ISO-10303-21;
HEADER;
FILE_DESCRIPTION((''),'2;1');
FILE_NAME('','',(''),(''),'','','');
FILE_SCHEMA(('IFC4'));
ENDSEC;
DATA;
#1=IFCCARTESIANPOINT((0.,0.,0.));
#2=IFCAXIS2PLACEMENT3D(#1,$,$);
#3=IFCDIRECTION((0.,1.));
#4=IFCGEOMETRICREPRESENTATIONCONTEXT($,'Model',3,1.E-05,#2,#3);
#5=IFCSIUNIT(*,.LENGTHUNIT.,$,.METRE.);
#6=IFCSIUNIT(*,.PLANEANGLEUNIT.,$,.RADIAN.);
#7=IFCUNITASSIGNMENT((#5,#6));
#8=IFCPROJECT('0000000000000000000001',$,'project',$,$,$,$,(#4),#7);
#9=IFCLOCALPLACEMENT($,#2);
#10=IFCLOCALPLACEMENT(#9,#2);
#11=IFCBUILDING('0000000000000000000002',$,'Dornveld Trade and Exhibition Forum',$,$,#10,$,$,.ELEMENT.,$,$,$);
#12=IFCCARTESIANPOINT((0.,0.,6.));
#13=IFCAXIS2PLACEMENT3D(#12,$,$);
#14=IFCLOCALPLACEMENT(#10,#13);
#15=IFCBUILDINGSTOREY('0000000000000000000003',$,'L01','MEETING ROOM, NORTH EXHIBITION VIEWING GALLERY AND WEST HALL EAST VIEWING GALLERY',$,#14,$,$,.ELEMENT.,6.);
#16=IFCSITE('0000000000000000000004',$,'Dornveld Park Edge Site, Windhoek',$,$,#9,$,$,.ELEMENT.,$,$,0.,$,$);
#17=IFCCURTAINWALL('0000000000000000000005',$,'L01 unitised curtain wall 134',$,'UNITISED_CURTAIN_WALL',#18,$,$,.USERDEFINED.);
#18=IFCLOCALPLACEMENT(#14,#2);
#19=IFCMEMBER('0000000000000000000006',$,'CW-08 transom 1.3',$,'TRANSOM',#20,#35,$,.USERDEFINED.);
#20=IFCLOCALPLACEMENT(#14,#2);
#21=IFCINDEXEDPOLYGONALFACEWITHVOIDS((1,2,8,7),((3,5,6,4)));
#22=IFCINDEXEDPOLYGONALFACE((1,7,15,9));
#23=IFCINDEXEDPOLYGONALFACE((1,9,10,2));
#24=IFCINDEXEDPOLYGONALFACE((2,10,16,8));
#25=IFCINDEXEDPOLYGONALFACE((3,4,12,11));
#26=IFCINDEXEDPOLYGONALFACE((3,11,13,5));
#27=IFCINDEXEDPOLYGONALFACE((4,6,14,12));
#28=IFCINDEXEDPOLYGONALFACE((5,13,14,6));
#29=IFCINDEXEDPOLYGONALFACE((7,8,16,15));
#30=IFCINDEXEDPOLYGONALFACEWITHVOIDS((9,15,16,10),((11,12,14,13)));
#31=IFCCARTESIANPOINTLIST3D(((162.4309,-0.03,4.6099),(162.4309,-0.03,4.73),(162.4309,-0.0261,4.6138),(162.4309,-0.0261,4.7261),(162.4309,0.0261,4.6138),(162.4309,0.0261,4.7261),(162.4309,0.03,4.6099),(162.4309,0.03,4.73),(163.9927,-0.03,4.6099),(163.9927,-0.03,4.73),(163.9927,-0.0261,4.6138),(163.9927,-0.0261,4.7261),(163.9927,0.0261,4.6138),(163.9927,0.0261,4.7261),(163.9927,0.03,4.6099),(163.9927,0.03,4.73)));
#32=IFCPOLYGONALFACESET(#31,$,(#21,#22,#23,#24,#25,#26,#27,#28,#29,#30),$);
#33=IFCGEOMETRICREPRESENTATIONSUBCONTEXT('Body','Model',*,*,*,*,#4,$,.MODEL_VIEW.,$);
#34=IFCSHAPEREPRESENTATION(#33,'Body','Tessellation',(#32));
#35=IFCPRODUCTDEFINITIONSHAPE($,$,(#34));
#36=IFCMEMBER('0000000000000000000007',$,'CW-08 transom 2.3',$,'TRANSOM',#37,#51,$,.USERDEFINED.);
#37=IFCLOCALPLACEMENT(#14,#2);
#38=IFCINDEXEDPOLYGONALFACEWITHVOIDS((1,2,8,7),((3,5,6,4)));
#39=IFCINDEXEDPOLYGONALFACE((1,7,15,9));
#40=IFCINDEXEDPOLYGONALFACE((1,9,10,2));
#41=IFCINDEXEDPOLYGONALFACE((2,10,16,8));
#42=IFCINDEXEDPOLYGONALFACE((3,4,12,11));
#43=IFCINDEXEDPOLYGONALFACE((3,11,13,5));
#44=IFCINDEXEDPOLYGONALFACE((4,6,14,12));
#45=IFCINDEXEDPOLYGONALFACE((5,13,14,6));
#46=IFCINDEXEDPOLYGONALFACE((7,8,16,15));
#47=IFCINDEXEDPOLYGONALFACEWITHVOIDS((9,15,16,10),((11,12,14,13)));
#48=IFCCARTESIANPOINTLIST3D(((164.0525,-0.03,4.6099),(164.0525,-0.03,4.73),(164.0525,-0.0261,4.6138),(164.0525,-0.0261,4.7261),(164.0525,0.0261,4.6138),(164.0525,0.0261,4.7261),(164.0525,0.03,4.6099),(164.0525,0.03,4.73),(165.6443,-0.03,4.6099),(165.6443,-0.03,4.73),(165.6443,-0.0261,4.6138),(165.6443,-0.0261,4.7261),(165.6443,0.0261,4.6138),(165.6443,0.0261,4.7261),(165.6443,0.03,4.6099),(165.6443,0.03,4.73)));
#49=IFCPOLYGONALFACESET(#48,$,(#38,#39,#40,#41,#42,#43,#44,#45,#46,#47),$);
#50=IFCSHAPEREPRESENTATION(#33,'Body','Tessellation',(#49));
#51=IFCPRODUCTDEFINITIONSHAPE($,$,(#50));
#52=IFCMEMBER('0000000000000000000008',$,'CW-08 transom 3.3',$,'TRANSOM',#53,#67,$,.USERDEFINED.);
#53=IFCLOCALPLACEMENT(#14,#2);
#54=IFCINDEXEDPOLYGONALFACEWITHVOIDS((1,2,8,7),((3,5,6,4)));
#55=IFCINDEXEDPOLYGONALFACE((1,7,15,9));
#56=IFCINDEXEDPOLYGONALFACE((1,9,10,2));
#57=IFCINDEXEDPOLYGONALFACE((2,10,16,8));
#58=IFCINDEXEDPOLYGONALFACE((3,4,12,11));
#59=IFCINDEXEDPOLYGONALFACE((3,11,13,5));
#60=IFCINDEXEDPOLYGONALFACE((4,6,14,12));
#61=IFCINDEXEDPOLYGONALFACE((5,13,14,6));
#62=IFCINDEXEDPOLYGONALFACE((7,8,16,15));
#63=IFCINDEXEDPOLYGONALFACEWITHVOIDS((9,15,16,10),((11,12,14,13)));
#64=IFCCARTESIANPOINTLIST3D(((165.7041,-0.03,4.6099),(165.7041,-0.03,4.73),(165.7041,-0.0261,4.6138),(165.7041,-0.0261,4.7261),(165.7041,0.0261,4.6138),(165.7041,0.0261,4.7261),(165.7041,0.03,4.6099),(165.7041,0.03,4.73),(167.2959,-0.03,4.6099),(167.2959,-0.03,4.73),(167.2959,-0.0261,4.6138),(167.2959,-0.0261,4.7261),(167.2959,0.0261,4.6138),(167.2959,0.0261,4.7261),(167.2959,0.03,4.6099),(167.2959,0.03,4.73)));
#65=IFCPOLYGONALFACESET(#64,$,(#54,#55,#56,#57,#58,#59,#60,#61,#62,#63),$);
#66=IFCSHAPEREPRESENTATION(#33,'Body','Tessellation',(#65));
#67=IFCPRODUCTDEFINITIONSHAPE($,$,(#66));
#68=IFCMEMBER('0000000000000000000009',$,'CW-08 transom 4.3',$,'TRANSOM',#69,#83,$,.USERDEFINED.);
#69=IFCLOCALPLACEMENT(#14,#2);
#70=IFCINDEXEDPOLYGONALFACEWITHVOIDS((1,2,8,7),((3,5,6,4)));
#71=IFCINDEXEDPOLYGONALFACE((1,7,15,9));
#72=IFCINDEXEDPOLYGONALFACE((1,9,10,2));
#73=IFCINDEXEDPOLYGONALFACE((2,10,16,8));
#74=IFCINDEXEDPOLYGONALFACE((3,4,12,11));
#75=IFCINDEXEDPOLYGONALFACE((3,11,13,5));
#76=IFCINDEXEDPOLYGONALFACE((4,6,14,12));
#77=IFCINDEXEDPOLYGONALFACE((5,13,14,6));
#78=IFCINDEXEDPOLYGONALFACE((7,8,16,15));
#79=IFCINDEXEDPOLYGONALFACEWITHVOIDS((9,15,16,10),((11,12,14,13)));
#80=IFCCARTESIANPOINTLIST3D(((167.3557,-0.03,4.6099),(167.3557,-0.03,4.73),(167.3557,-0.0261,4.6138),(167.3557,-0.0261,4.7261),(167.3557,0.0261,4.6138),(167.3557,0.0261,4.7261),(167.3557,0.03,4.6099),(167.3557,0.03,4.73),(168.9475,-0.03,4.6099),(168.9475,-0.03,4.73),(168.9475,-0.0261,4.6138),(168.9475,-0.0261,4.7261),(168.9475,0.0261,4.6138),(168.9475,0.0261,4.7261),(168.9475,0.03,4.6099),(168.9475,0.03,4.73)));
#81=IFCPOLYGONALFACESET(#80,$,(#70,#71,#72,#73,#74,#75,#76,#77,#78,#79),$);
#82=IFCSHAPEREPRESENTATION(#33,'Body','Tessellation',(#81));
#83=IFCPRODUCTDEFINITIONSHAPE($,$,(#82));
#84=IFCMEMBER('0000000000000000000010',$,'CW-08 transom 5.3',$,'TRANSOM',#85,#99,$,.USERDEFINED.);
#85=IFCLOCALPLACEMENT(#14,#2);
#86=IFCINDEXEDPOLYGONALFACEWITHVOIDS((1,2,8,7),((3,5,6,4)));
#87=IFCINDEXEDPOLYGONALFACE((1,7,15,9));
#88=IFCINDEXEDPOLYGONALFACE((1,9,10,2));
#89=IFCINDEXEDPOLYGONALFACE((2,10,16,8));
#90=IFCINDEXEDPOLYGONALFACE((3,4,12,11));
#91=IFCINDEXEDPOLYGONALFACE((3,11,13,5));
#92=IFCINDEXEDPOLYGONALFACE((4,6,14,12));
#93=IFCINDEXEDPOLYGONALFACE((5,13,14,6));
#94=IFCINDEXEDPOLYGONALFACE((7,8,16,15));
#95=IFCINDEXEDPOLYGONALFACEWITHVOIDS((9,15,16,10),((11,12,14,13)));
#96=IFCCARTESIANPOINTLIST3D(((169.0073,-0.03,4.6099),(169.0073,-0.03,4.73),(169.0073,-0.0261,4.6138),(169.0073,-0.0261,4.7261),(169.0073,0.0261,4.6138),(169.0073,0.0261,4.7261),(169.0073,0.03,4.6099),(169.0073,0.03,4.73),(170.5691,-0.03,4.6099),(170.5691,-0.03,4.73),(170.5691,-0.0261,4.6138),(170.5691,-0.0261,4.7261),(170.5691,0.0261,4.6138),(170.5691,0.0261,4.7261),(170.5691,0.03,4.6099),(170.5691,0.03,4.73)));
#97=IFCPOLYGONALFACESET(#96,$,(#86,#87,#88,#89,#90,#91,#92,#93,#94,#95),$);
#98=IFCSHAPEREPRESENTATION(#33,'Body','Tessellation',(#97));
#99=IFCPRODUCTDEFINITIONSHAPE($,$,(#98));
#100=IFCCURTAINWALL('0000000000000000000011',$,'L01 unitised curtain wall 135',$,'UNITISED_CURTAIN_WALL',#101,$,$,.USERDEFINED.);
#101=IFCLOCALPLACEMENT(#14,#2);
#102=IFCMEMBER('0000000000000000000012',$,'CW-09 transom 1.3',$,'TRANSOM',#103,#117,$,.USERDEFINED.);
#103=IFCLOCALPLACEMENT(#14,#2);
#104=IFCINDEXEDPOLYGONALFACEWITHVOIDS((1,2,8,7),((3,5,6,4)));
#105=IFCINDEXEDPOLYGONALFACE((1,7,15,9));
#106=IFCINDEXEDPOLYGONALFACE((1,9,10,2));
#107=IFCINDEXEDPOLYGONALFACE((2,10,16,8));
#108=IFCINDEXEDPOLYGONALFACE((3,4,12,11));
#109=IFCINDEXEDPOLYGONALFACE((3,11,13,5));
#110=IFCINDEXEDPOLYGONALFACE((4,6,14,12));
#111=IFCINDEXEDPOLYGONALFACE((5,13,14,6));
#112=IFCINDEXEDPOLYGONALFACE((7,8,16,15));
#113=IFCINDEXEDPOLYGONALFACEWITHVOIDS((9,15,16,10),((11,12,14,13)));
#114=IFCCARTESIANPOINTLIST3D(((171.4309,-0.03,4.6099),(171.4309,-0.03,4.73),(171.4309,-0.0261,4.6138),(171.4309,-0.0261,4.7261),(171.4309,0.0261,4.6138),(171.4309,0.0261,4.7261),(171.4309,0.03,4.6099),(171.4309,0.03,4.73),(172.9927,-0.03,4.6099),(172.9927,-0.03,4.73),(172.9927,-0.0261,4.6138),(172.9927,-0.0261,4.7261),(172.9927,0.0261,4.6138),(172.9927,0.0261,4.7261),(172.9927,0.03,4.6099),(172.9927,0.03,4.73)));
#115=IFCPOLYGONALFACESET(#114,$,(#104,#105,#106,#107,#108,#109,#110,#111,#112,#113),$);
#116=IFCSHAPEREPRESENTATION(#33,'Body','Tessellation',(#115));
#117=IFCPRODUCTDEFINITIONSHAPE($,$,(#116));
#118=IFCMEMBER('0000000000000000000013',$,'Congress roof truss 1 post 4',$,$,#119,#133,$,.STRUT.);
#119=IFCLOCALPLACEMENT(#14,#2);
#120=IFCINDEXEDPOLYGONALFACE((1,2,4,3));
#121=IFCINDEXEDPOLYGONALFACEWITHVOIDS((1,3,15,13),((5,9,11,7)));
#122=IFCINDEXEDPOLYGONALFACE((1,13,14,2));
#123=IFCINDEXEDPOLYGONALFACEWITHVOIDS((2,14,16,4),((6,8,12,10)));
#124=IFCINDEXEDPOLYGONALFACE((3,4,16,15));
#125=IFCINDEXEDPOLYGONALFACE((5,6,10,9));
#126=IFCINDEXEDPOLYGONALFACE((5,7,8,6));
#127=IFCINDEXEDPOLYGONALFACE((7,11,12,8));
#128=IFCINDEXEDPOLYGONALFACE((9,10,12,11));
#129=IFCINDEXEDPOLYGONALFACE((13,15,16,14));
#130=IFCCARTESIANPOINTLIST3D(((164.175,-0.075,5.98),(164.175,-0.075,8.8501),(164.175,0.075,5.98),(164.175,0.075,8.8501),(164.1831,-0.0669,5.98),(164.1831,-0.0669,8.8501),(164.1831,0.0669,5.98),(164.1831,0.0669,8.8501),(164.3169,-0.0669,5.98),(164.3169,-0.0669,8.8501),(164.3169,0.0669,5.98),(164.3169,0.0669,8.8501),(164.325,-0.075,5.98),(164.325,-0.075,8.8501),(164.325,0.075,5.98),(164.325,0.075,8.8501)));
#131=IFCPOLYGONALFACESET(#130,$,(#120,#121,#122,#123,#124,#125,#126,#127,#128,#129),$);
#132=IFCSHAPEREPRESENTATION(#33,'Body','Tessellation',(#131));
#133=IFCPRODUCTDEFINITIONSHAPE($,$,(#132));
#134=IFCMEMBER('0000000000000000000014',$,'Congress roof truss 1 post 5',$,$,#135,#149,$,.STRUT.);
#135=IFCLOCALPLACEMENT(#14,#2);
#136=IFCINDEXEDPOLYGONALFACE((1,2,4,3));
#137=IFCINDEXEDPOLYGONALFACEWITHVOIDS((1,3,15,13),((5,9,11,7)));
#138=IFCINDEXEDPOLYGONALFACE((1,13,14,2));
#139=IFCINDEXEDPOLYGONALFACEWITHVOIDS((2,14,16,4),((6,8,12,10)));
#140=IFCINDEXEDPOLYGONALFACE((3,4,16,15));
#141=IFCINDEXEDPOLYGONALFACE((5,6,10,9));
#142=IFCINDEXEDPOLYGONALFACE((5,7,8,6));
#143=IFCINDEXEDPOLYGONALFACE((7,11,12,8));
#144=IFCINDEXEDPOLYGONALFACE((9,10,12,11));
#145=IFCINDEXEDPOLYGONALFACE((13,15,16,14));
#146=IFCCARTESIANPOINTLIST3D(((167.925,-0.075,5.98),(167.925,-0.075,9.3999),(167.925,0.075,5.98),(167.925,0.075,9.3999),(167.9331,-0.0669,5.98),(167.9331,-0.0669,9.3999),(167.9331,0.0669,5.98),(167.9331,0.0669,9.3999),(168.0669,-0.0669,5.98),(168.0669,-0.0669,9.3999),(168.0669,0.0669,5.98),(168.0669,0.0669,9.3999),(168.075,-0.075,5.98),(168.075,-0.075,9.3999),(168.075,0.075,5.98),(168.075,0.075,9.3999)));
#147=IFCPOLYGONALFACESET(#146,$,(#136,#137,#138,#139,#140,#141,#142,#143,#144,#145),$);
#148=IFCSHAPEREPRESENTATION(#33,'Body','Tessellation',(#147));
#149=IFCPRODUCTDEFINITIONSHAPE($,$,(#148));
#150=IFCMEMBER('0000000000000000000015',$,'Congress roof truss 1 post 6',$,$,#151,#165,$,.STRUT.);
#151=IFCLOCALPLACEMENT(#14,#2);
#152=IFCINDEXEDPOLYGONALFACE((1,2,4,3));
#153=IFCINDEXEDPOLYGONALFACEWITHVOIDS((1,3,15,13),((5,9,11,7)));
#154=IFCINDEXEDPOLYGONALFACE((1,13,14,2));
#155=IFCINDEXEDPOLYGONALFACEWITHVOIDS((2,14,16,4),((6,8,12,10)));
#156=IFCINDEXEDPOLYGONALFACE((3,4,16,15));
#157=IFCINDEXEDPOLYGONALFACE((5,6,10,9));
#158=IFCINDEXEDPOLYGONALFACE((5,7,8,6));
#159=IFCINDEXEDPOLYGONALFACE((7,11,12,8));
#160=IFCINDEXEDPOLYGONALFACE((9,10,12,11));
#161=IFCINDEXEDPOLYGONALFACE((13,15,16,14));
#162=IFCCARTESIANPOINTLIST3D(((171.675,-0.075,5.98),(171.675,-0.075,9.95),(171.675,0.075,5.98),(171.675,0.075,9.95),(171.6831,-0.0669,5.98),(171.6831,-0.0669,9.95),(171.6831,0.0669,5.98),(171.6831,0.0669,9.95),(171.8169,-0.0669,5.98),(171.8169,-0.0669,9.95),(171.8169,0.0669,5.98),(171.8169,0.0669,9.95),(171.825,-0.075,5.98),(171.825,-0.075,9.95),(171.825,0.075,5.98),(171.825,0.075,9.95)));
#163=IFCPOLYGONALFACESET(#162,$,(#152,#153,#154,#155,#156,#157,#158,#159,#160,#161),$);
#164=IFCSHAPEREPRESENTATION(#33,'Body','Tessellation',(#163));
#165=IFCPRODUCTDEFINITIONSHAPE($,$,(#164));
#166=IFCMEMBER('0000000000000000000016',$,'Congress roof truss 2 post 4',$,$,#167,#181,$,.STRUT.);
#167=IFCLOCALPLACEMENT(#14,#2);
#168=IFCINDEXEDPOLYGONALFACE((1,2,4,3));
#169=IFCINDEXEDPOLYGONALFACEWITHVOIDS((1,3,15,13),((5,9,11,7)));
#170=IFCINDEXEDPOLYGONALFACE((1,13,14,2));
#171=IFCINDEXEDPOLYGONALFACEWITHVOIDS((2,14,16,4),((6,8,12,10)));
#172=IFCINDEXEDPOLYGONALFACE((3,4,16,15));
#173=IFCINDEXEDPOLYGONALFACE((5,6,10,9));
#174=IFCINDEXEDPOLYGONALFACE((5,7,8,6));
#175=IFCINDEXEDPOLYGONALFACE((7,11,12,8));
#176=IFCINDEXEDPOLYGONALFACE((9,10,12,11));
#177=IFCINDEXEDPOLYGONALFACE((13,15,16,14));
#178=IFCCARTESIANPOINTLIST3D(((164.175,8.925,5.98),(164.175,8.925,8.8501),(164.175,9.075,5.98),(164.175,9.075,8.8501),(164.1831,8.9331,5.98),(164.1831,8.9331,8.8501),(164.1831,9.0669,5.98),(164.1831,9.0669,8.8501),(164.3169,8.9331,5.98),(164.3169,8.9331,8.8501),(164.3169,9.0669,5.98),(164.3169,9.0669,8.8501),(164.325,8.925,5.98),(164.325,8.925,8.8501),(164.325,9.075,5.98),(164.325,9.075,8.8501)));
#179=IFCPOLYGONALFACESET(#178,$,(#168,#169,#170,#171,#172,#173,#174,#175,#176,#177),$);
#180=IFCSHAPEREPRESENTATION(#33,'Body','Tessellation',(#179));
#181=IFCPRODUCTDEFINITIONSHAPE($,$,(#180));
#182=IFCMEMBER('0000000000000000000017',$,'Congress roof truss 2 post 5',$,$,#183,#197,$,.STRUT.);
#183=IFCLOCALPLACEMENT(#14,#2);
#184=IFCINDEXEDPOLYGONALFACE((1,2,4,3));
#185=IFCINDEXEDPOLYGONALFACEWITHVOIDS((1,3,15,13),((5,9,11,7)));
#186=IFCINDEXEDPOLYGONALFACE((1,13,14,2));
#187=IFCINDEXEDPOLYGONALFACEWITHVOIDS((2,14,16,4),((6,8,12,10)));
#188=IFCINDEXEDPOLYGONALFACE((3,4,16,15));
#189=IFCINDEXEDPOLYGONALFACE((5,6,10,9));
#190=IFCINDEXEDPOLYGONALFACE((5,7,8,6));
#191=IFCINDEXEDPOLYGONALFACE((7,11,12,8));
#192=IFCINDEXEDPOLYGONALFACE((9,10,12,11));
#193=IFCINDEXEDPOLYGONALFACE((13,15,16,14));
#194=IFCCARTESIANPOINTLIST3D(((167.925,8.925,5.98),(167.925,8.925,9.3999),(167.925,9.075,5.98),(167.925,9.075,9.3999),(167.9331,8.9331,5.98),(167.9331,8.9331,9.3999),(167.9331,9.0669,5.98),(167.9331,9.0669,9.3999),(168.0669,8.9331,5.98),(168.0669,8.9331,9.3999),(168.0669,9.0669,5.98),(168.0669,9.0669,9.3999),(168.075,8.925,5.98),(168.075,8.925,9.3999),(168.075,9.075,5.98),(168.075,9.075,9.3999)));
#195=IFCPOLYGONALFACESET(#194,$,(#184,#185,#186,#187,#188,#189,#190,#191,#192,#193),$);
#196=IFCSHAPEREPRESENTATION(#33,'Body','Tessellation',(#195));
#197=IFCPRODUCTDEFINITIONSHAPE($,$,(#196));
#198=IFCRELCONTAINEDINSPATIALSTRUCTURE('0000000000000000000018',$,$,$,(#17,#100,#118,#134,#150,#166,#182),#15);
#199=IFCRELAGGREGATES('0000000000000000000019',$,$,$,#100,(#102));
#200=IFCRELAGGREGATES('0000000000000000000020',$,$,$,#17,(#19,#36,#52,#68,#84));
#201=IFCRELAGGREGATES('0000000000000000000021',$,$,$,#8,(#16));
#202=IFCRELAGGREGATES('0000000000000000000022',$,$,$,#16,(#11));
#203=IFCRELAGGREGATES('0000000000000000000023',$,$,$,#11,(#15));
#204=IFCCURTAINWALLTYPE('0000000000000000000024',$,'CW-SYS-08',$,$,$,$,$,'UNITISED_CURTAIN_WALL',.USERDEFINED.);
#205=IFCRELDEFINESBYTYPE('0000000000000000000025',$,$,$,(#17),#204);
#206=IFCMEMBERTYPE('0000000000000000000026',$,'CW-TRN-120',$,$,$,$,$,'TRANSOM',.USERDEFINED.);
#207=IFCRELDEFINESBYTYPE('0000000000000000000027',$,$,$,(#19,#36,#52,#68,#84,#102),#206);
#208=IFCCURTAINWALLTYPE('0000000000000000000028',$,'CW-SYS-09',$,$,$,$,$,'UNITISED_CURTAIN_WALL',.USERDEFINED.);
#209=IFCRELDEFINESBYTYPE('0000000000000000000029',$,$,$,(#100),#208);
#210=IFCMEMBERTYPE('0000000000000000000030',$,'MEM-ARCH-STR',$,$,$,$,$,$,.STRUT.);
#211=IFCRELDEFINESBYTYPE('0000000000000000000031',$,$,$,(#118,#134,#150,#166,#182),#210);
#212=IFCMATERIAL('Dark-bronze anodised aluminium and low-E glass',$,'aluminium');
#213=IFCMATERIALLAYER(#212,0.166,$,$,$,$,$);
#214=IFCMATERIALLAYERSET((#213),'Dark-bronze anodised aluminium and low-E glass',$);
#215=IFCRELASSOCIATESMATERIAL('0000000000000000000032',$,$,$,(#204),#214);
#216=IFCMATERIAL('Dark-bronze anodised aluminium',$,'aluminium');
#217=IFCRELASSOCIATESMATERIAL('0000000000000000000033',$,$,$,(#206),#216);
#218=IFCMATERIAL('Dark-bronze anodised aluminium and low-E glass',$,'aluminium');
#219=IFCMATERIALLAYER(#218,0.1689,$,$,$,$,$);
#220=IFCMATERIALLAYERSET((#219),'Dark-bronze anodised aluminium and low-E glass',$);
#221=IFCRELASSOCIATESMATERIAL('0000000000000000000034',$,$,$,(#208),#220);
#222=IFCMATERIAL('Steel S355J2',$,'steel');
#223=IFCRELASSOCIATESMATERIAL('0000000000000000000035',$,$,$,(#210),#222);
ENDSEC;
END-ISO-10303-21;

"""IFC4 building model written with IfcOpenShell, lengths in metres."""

from ifc_helpers import new_model, si_unit, direction, frame, origin, origin_2d, place, context, subcontext, project, spatial, hollow_rectangle, extrude, material, layer, layer_set, material_profile, profile_set, type_object, element, aggregate, save


model = new_model("IFC4")

# Units and contexts
model_context = context("Model", 3, precision=1e-05, world=origin(), true_north=direction((0.0, 1.0)))
body_context = subcontext(model_context, "Body", "Model", "MODEL_VIEW")
ifc_project = project(units=[si_unit("LENGTHUNIT", "METRE"), si_unit("PLANEANGLEUNIT", "RADIAN")], contexts=[model_context])

# Site, building, storey
site_placement = place(None, origin())
site = spatial("IfcSite", under=ifc_project, at=site_placement, Name="Dornveld Park Edge Site, Windhoek", CompositionType="ELEMENT", RefElevation=0.0)
building_placement = place(site_placement, origin())
building = spatial("IfcBuilding", under=site, at=building_placement, Name="Dornveld Trade and Exhibition Forum", CompositionType="ELEMENT")
storey_placement = place(building_placement, frame((0.0, 0.0, 6.0)))
storey = spatial("IfcBuildingStorey", under=building, at=storey_placement, Name="L01", Description="MEETING ROOM, NORTH EXHIBITION VIEWING GALLERY AND WEST HALL EAST VIEWING GALLERY", CompositionType="ELEMENT", Elevation=6.0)

# Curtain wall, members
ifc_material_1 = material(Name="Dark-bronze anodised aluminium and low-E glass", Category="aluminium")
ifc_layer_1 = layer(ifc_material_1, 0.166)
ifc_layer_set_1 = layer_set([ifc_layer_1], Name="Dark-bronze anodised aluminium and low-E glass")
curtain_wall_type_1 = type_object("IfcCurtainWallType", Name="CW-SYS-08", ElementType="UNITISED_CURTAIN_WALL", PredefinedType="USERDEFINED", material=ifc_layer_set_1)
curtain_wall_1_placement = place(storey_placement, origin())
curtain_wall_1 = element("IfcCurtainWall", 1, at=curtain_wall_1_placement, inside=storey, type_object=curtain_wall_type_1, Name="L01 unitised curtain wall 134", ObjectType="UNITISED_CURTAIN_WALL", PredefinedType="USERDEFINED")
ifc_material_2 = material(Name="Dark-bronze anodised aluminium", Category="aluminium")
ifc_material_profile_1 = material_profile(ifc_material_2, hollow_rectangle(XDim=0.0601, YDim=0.1201, WallThickness=0.0039, at=origin_2d()), Name="RHS 120x60x4")
ifc_profile_set_1 = profile_set([ifc_material_profile_1], Name="Dark-bronze anodised aluminium")
member_type_1 = type_object("IfcMemberType", Name="CW-TRN-120", ElementType="TRANSOM", PredefinedType="USERDEFINED", material=ifc_profile_set_1)
member_1_placement = place(storey_placement, frame((162.4309, 0.0, 4.6699), z_axis=(1.0, 0.0, 0.0), x_axis=(0.0, 1.0, 0.0)))
member_1 = element("IfcMember", 2, at=member_1_placement, type_object=member_type_1, Name="CW-08 transom 1.3", ObjectType="TRANSOM", PredefinedType="USERDEFINED", context=body_context, shape_type="SweptSolid", body=[
    extrude(hollow_rectangle(XDim=0.0601, YDim=0.1201, WallThickness=0.0039, at=origin_2d()), origin(), (0.0, 0.0, 1.0), 1.5618),
])
member_2_placement = place(storey_placement, frame((164.0525, 0.0, 4.6699), z_axis=(1.0, 0.0, 0.0), x_axis=(0.0, 1.0, 0.0)))
member_2 = element("IfcMember", 3, at=member_2_placement, type_object=member_type_1, Name="CW-08 transom 2.3", ObjectType="TRANSOM", PredefinedType="USERDEFINED", context=body_context, shape_type="SweptSolid", body=[
    extrude(hollow_rectangle(XDim=0.0601, YDim=0.1201, WallThickness=0.0039, at=origin_2d()), origin(), (0.0, 0.0, 1.0), 1.5918),
])
member_3_placement = place(storey_placement, frame((165.7041, 0.0, 4.6699), z_axis=(1.0, 0.0, 0.0), x_axis=(0.0, 1.0, 0.0)))
member_3 = element("IfcMember", 4, at=member_3_placement, type_object=member_type_1, Name="CW-08 transom 3.3", ObjectType="TRANSOM", PredefinedType="USERDEFINED", context=body_context, shape_type="SweptSolid", body=[
    extrude(hollow_rectangle(XDim=0.0601, YDim=0.1201, WallThickness=0.0039, at=origin_2d()), origin(), (0.0, 0.0, 1.0), 1.5918),
])
member_4_placement = place(storey_placement, frame((167.3557, 0.0, 4.6699), z_axis=(1.0, 0.0, 0.0), x_axis=(0.0, 1.0, 0.0)))
member_4 = element("IfcMember", 5, at=member_4_placement, type_object=member_type_1, Name="CW-08 transom 4.3", ObjectType="TRANSOM", PredefinedType="USERDEFINED", context=body_context, shape_type="SweptSolid", body=[
    extrude(hollow_rectangle(XDim=0.0601, YDim=0.1201, WallThickness=0.0039, at=origin_2d()), origin(), (0.0, 0.0, 1.0), 1.5918),
])
member_5_placement = place(storey_placement, frame((169.0073, 0.0, 4.6699), z_axis=(1.0, 0.0, 0.0), x_axis=(0.0, 1.0, 0.0)))
member_5 = element("IfcMember", 6, at=member_5_placement, type_object=member_type_1, Name="CW-08 transom 5.3", ObjectType="TRANSOM", PredefinedType="USERDEFINED", context=body_context, shape_type="SweptSolid", body=[
    extrude(hollow_rectangle(XDim=0.0601, YDim=0.1201, WallThickness=0.0039, at=origin_2d()), origin(), (0.0, 0.0, 1.0), 1.5618),
])

# Curtain wall, member
ifc_material_3 = material(Name="Dark-bronze anodised aluminium and low-E glass", Category="aluminium")
ifc_layer_2 = layer(ifc_material_3, 0.1689)
ifc_layer_set_2 = layer_set([ifc_layer_2], Name="Dark-bronze anodised aluminium and low-E glass")
curtain_wall_type_2 = type_object("IfcCurtainWallType", Name="CW-SYS-09", ElementType="UNITISED_CURTAIN_WALL", PredefinedType="USERDEFINED", material=ifc_layer_set_2)
curtain_wall_2_placement = place(storey_placement, origin())
curtain_wall_2 = element("IfcCurtainWall", 7, at=curtain_wall_2_placement, inside=storey, type_object=curtain_wall_type_2, Name="L01 unitised curtain wall 135", ObjectType="UNITISED_CURTAIN_WALL", PredefinedType="USERDEFINED")
member_6_placement = place(storey_placement, frame((171.4309, 0.0, 4.6699), z_axis=(1.0, 0.0, 0.0), x_axis=(0.0, 1.0, 0.0)))
member_6 = element("IfcMember", 8, at=member_6_placement, type_object=member_type_1, Name="CW-09 transom 1.3", ObjectType="TRANSOM", PredefinedType="USERDEFINED", context=body_context, shape_type="SweptSolid", body=[
    extrude(hollow_rectangle(XDim=0.0601, YDim=0.1201, WallThickness=0.0039, at=origin_2d()), origin(), (0.0, 0.0, 1.0), 1.5618),
])
aggregate(curtain_wall_2, [member_6])

# Members
ifc_material_4 = material(Name="Steel S355J2", Category="steel")
ifc_material_profile_2 = material_profile(ifc_material_4, hollow_rectangle(XDim=0.1499, YDim=0.1499, WallThickness=0.0081, at=origin_2d()), Name="SHS 150x150x8")
ifc_profile_set_2 = profile_set([ifc_material_profile_2], Name="Steel S355J2")
member_type_2 = type_object("IfcMemberType", Name="MEM-ARCH-STR", PredefinedType="STRUT", material=ifc_profile_set_2)
member_7_placement = place(storey_placement, frame((164.25, 0.0, 5.98), z_axis=(0.0, 0.0, 1.0), x_axis=(1.0, 0.0, 0.0)))
element("IfcMember", 9, at=member_7_placement, inside=storey, type_object=member_type_2, Name="Congress roof truss 1 post 4", PredefinedType="STRUT", context=body_context, shape_type="SweptSolid", body=[
    extrude(hollow_rectangle(XDim=0.1499, YDim=0.1499, WallThickness=0.0081, at=origin_2d()), origin(), (0.0, 0.0, 1.0), 2.8701),
])
member_8_placement = place(storey_placement, frame((168.0, 0.0, 5.98), z_axis=(0.0, 0.0, 1.0), x_axis=(1.0, 0.0, 0.0)))
element("IfcMember", 10, at=member_8_placement, inside=storey, type_object=member_type_2, Name="Congress roof truss 1 post 5", PredefinedType="STRUT", context=body_context, shape_type="SweptSolid", body=[
    extrude(hollow_rectangle(XDim=0.1499, YDim=0.1499, WallThickness=0.0081, at=origin_2d()), origin(), (0.0, 0.0, 1.0), 3.4199),
])
member_9_placement = place(storey_placement, frame((171.75, 0.0, 5.98), z_axis=(0.0, 0.0, 1.0), x_axis=(1.0, 0.0, 0.0)))
element("IfcMember", 11, at=member_9_placement, inside=storey, type_object=member_type_2, Name="Congress roof truss 1 post 6", PredefinedType="STRUT", context=body_context, shape_type="SweptSolid", body=[
    extrude(hollow_rectangle(XDim=0.1499, YDim=0.1499, WallThickness=0.0081, at=origin_2d()), origin(), (0.0, 0.0, 1.0), 3.97),
])
member_10_placement = place(storey_placement, frame((164.25, 9.0, 5.98), z_axis=(0.0, 0.0, 1.0), x_axis=(1.0, 0.0, 0.0)))
element("IfcMember", 12, at=member_10_placement, inside=storey, type_object=member_type_2, Name="Congress roof truss 2 post 4", PredefinedType="STRUT", context=body_context, shape_type="SweptSolid", body=[
    extrude(hollow_rectangle(XDim=0.1499, YDim=0.1499, WallThickness=0.0081, at=origin_2d()), origin(), (0.0, 0.0, 1.0), 2.8701),
])
member_11_placement = place(storey_placement, frame((168.0, 9.0, 5.98), z_axis=(0.0, 0.0, 1.0), x_axis=(1.0, 0.0, 0.0)))
element("IfcMember", 13, at=member_11_placement, inside=storey, type_object=member_type_2, Name="Congress roof truss 2 post 5", PredefinedType="STRUT", context=body_context, shape_type="SweptSolid", body=[
    extrude(hollow_rectangle(XDim=0.1499, YDim=0.1499, WallThickness=0.0081, at=origin_2d()), origin(), (0.0, 0.0, 1.0), 3.4199),
])

aggregate(curtain_wall_1, [member_1, member_2, member_3, member_4, member_5])

save(model, "model.ifc")
